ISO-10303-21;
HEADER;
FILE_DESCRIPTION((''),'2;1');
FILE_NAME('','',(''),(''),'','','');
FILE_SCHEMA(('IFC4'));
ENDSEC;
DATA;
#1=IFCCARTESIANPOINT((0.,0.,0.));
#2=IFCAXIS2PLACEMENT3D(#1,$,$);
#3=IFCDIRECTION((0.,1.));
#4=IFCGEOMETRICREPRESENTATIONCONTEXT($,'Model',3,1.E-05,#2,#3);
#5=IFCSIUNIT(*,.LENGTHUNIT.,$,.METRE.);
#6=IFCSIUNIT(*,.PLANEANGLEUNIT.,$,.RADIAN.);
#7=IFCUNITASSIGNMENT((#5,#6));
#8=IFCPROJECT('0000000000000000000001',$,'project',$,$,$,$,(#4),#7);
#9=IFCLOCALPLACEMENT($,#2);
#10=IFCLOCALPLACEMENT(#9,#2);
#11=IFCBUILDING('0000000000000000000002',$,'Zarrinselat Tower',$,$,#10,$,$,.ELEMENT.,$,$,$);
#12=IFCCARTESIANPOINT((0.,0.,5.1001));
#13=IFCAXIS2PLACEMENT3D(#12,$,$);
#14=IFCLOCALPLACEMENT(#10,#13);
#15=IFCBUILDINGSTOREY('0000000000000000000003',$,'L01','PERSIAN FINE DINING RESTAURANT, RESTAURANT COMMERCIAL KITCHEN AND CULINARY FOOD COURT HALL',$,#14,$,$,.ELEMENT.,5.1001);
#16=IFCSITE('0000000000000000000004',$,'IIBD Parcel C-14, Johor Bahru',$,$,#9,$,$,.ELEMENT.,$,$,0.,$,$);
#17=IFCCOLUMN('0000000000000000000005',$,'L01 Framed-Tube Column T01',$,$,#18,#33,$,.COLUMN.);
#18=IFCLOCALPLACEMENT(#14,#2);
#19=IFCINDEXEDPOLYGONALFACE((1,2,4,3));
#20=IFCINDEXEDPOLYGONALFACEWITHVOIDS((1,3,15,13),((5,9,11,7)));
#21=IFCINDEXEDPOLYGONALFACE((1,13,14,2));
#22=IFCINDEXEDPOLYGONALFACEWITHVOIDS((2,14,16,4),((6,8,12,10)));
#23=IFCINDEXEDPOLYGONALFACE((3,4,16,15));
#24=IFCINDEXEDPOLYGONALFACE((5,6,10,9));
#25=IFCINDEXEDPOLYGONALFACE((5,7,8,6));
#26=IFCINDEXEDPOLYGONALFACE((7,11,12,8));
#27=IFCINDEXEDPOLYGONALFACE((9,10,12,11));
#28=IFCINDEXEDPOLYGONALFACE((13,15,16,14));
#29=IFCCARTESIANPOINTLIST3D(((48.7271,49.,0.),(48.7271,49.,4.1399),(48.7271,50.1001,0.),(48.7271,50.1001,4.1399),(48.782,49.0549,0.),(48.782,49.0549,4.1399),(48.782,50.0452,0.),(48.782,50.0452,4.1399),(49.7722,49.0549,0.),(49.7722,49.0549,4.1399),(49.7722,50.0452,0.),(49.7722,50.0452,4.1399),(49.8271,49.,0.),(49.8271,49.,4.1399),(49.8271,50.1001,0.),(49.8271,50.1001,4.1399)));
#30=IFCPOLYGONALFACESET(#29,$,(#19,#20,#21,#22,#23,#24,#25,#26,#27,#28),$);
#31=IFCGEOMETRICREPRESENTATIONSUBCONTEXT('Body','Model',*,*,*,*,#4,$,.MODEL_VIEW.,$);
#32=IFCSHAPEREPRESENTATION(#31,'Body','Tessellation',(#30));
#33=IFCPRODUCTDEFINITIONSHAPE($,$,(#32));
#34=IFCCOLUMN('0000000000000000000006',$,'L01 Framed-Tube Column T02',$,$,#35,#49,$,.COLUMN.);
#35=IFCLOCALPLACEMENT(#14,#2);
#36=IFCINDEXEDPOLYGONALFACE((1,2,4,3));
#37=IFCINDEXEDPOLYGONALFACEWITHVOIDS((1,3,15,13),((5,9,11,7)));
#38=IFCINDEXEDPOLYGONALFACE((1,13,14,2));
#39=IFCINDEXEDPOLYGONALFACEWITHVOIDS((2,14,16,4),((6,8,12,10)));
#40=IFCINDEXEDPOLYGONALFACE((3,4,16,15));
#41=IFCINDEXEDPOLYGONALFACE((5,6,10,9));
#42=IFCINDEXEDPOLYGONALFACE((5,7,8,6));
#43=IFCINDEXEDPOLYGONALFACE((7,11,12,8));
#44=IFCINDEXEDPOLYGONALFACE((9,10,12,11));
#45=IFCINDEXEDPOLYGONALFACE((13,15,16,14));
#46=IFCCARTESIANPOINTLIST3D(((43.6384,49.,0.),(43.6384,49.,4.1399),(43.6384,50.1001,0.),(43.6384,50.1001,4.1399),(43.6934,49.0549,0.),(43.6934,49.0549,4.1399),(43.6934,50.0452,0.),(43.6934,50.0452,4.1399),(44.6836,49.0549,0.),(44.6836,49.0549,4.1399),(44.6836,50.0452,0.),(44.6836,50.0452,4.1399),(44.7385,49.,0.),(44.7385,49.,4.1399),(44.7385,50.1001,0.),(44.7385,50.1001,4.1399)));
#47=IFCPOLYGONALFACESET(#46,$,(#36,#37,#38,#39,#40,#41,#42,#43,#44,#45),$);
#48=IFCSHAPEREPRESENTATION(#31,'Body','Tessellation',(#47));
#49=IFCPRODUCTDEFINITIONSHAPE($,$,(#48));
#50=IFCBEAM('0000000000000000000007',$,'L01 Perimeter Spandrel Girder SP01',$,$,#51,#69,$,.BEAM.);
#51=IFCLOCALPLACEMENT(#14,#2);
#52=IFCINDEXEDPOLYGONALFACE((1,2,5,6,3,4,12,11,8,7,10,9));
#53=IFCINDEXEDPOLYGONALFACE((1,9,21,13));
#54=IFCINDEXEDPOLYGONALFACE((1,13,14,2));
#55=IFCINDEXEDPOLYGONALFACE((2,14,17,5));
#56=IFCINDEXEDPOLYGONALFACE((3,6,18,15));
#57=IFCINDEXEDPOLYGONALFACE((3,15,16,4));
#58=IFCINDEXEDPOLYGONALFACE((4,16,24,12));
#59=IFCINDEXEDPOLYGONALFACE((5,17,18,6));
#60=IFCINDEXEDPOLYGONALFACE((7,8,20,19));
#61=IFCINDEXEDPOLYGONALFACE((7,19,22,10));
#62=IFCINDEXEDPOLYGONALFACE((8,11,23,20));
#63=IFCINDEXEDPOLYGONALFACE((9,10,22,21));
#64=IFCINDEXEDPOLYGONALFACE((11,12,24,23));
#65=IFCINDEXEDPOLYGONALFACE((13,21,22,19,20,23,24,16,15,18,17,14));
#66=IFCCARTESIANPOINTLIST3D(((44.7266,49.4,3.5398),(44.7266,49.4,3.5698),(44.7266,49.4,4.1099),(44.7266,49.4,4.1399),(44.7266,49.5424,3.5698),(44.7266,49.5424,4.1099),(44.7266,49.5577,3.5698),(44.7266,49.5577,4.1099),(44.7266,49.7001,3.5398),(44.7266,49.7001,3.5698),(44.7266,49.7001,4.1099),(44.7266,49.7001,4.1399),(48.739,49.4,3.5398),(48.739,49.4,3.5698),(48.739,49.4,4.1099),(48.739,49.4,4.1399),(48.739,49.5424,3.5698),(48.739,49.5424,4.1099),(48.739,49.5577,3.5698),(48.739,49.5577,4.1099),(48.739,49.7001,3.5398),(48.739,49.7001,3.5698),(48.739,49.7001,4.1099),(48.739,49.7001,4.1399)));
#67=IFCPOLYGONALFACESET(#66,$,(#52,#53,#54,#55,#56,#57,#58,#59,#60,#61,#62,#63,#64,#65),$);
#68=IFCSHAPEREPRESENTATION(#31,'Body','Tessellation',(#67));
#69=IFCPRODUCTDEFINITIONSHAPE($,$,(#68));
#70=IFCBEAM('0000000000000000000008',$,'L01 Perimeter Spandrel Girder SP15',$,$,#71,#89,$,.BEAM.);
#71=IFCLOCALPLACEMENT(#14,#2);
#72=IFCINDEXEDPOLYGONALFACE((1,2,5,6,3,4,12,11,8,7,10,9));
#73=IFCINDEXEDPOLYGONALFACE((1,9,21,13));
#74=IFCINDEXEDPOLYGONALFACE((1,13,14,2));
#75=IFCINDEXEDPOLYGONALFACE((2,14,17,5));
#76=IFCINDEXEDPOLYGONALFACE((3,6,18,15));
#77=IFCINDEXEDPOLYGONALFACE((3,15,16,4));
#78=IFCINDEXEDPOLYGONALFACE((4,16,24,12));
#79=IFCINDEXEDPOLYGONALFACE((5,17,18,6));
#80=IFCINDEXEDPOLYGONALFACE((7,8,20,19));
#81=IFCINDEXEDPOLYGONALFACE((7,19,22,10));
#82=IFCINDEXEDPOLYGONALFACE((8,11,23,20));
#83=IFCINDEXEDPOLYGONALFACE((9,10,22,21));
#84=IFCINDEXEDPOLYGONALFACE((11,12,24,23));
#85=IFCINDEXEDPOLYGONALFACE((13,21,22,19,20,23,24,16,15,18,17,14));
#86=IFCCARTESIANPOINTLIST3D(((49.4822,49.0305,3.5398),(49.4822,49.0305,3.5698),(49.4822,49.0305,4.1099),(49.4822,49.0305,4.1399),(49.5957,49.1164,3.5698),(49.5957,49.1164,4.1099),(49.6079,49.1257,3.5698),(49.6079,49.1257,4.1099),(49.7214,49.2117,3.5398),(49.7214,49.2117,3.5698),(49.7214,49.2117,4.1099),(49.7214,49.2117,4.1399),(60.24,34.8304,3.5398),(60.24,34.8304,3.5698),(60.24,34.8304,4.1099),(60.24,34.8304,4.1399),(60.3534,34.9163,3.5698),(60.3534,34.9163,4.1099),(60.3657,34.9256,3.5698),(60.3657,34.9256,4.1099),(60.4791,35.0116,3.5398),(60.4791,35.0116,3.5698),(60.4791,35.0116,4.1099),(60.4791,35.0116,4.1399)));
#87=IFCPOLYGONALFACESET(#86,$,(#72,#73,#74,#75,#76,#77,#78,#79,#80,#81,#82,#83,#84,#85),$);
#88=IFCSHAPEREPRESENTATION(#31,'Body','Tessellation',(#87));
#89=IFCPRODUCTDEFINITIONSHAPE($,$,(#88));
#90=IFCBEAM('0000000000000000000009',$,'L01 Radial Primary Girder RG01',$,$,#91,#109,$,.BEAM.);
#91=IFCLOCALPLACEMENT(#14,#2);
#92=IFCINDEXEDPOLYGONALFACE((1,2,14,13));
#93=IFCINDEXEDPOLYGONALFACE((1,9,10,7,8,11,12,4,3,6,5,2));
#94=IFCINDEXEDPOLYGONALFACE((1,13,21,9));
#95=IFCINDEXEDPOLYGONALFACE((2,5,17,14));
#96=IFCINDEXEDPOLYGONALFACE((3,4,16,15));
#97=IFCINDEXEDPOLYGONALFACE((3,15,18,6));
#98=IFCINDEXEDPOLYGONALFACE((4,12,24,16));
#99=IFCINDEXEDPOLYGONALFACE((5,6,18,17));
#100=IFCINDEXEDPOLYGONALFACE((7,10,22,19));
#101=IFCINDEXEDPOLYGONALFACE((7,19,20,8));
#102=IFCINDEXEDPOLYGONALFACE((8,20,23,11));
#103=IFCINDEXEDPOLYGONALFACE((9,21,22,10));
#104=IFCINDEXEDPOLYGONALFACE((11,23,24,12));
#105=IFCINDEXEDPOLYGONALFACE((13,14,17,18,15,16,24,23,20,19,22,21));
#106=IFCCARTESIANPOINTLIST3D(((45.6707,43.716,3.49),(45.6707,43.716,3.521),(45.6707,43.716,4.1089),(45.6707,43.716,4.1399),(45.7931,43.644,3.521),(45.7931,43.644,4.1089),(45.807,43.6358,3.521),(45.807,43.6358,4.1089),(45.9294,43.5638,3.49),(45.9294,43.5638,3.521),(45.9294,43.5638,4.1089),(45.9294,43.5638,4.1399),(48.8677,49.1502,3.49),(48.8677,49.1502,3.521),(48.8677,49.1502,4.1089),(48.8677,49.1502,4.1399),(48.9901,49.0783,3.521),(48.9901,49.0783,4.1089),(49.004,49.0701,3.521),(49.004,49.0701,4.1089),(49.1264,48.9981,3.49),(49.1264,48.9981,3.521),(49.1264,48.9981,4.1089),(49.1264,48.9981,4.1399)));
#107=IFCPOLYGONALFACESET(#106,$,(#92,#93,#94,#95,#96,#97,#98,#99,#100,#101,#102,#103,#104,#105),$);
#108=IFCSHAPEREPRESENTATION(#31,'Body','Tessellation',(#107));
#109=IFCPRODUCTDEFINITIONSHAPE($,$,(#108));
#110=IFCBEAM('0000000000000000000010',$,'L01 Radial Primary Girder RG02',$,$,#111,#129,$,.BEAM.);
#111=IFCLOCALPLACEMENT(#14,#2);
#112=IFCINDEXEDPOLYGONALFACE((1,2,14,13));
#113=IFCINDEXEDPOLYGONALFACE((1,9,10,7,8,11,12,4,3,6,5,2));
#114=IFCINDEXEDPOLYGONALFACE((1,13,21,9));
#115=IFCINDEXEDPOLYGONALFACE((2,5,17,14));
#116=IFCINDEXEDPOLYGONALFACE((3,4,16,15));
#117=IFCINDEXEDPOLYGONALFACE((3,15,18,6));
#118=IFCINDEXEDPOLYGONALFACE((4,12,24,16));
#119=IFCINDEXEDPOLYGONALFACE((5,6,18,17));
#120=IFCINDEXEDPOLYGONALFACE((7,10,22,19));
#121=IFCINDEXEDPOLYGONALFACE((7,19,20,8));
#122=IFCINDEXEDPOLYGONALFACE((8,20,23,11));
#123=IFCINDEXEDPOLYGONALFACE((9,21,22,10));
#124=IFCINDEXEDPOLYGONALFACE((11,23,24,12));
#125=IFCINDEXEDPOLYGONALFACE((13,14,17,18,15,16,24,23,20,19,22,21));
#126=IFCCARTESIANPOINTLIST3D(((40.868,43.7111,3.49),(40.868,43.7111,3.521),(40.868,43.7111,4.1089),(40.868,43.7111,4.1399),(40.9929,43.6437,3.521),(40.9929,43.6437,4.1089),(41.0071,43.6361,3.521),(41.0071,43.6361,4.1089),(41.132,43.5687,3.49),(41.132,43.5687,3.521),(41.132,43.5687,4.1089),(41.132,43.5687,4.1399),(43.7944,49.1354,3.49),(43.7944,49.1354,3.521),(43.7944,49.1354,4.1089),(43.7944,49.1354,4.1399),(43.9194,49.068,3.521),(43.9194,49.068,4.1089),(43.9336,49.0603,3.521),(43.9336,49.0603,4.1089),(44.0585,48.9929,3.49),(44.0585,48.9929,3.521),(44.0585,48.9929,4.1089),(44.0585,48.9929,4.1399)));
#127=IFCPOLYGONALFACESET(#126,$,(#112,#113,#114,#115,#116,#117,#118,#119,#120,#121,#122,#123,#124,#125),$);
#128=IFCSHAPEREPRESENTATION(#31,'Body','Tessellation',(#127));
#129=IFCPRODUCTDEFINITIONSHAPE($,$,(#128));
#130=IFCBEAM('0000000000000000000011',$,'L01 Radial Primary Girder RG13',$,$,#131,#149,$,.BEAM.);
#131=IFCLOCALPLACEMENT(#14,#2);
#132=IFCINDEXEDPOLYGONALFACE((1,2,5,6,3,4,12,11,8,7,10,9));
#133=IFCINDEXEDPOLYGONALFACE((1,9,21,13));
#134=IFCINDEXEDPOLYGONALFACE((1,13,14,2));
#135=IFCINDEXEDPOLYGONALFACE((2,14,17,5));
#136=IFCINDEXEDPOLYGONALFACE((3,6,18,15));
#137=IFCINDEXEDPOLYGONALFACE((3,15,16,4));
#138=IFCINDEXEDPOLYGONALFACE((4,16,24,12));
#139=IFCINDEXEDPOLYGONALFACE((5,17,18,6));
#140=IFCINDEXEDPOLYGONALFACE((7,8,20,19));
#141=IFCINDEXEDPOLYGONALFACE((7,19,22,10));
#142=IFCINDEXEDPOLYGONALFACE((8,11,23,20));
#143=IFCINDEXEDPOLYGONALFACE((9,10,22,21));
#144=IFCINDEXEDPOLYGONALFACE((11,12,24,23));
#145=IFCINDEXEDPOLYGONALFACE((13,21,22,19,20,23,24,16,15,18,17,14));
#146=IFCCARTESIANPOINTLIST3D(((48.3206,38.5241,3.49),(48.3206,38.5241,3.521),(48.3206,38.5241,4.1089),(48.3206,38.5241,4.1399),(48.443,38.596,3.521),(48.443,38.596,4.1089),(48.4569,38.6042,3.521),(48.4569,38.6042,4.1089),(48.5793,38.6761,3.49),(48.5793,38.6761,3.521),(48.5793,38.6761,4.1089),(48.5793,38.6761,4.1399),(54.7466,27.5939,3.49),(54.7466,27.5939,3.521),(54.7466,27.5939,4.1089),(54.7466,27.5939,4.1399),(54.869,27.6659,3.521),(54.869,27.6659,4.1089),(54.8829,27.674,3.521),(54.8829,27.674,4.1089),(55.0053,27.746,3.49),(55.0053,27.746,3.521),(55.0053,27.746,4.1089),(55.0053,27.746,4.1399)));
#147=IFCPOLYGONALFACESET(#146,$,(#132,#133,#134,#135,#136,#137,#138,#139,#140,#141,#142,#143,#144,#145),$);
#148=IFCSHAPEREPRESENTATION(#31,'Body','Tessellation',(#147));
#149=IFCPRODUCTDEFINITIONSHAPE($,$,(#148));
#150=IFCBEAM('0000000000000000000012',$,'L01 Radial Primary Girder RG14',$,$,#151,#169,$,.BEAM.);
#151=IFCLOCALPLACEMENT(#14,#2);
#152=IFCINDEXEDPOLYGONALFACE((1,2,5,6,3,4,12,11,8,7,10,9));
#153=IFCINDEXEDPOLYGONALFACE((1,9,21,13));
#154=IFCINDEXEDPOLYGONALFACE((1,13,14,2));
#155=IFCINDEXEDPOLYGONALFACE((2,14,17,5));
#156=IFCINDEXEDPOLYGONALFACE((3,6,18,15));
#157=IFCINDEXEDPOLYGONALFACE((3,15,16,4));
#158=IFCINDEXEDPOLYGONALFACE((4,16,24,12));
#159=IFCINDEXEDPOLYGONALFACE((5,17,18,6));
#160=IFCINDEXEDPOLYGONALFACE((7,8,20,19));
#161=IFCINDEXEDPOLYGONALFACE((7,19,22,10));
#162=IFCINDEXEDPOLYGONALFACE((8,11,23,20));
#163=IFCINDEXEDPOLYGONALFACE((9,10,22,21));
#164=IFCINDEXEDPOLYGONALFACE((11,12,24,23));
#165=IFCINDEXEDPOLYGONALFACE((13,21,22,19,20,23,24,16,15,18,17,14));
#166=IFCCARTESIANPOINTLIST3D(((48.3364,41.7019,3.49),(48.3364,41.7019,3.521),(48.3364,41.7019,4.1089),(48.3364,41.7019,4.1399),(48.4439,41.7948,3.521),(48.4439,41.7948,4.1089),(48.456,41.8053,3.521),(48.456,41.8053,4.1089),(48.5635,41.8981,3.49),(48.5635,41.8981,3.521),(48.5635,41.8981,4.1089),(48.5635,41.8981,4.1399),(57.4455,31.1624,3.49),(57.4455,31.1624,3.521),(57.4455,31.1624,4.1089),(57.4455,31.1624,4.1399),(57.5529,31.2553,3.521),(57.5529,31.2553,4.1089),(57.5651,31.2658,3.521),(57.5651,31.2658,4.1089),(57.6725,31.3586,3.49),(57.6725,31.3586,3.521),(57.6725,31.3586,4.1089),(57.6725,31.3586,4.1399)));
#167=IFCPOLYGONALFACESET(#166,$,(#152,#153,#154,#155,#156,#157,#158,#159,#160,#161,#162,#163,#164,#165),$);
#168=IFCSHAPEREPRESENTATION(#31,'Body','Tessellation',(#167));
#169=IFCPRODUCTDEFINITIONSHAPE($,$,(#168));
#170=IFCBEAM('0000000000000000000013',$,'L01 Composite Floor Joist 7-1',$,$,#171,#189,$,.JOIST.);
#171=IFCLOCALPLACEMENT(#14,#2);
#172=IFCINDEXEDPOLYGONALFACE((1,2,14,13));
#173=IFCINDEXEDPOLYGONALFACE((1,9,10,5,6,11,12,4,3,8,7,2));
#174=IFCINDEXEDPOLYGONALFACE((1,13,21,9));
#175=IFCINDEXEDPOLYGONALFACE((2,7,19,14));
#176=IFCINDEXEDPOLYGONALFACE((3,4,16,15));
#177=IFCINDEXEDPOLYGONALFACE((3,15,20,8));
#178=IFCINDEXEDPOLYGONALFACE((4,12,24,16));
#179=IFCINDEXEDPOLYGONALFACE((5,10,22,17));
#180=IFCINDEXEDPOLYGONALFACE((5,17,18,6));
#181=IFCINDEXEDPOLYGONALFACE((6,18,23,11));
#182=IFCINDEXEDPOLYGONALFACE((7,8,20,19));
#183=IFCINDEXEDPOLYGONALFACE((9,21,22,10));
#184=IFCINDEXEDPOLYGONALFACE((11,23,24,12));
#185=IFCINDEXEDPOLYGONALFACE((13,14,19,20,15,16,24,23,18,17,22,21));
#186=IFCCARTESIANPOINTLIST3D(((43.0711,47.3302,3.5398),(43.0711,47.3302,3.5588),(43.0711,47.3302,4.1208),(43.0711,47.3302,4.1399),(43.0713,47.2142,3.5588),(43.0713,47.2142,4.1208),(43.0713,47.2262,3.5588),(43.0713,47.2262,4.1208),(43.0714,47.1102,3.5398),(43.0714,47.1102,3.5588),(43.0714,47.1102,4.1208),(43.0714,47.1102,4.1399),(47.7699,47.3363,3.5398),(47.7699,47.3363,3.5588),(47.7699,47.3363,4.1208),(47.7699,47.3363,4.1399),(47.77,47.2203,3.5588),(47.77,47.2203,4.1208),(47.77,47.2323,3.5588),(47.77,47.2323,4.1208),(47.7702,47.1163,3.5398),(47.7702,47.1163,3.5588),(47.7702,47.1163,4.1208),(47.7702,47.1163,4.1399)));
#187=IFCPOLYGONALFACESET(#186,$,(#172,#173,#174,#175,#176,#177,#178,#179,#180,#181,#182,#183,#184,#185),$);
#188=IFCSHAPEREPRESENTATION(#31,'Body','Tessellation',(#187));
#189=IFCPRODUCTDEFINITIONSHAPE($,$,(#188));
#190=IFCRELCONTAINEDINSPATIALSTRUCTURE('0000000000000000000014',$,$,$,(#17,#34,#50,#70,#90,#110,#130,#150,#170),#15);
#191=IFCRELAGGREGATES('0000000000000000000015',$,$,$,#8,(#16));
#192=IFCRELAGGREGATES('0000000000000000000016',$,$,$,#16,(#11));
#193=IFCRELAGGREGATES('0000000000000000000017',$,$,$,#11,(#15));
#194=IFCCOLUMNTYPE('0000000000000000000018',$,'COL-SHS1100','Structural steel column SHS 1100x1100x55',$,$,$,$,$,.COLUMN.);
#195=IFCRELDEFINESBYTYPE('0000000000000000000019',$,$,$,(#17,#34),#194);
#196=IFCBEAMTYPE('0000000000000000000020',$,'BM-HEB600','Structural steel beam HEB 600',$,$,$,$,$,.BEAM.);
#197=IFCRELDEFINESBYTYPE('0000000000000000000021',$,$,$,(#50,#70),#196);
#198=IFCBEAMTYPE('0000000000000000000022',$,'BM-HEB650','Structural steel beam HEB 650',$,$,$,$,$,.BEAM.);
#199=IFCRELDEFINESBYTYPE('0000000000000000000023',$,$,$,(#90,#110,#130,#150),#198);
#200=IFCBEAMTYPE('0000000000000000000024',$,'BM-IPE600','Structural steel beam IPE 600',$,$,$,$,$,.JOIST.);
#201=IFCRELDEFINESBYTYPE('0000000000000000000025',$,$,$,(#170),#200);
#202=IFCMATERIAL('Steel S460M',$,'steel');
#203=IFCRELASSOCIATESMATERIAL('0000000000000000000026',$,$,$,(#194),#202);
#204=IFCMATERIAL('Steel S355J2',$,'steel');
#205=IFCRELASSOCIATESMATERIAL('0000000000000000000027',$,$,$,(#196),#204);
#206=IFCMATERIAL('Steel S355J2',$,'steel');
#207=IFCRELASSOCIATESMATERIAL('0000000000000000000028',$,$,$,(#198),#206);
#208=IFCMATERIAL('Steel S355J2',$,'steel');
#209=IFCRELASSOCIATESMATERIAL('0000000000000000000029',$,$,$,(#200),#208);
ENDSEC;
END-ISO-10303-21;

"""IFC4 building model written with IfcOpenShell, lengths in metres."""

from ifc_helpers import new_model, si_unit, direction, frame, origin, origin_2d, place, context, subcontext, project, spatial, hollow_rectangle, i_section, extrude, material, material_profile, profile_set, type_object, element, save


model = new_model("IFC4")

# Units and contexts
model_context = context("Model", 3, precision=1e-05, world=origin(), true_north=direction((0.0, 1.0)))
body_context = subcontext(model_context, "Body", "Model", "MODEL_VIEW")
ifc_project = project(units=[si_unit("LENGTHUNIT", "METRE"), si_unit("PLANEANGLEUNIT", "RADIAN")], contexts=[model_context])

# Site, building, storey
site_placement = place(None, origin())
site = spatial("IfcSite", under=ifc_project, at=site_placement, Name="IIBD Parcel C-14, Johor Bahru", CompositionType="ELEMENT", RefElevation=0.0)
building_placement = place(site_placement, origin())
building = spatial("IfcBuilding", under=site, at=building_placement, Name="Zarrinselat Tower", CompositionType="ELEMENT")
storey_placement = place(building_placement, frame((0.0, 0.0, 5.1001)))
storey = spatial("IfcBuildingStorey", under=building, at=storey_placement, Name="L01", Description="PERSIAN FINE DINING RESTAURANT, RESTAURANT COMMERCIAL KITCHEN AND CULINARY FOOD COURT HALL", CompositionType="ELEMENT", Elevation=5.1001)

# Columns
ifc_material_1 = material(Name="Steel S460M", Category="steel")
ifc_material_profile_1 = material_profile(ifc_material_1, hollow_rectangle(XDim=1.1001, YDim=1.1001, WallThickness=0.0549, at=origin_2d()), Name="SHS 1100x1100x55")
ifc_profile_set_1 = profile_set([ifc_material_profile_1], Name="Steel S460M")
column_type = type_object("IfcColumnType", Name="COL-SHS1100", Description="Structural steel column SHS 1100x1100x55", PredefinedType="COLUMN", material=ifc_profile_set_1)
for number, where, z_axis, x_axis, name in (
    (1, (49.2771, 49.55, 0.0), (0.0, 0.0, 1.0), (1.0, 0.0, 0.0), "L01 Framed-Tube Column T01"),
    (2, (44.1885, 49.55, 0.0), (0.0, 0.0, 1.0), (1.0, 0.0, 0.0), "L01 Framed-Tube Column T02"),
):
    element("IfcColumn", number, at=place(storey_placement, frame(where, z_axis=z_axis, x_axis=x_axis)), inside=storey, type_object=column_type, Name=name, PredefinedType="COLUMN", context=body_context, shape_type="SweptSolid", body=[
        extrude(hollow_rectangle(XDim=1.1001, YDim=1.1001, WallThickness=0.0549, at=origin_2d()), origin(), (0.0, 0.0, 1.0), 4.1399),
    ])

# Beams
ifc_material_2 = material(Name="Steel S355J2", Category="steel")
ifc_material_profile_2 = material_profile(ifc_material_2, i_section(OverallWidth=0.3, OverallDepth=0.6001, WebThickness=0.0154, FlangeThickness=0.03, at=origin_2d()), Name="HEB 600")
ifc_profile_set_2 = profile_set([ifc_material_profile_2], Name="Steel S355J2")
beam_type_1 = type_object("IfcBeamType", Name="BM-HEB600", Description="Structural steel beam HEB 600", PredefinedType="BEAM", material=ifc_profile_set_2)
beam_1_placement = place(storey_placement, frame((44.7266, 49.55, 3.8398), z_axis=(1.0, 0.0, 0.0), x_axis=(0.0, 1.0, 0.0)))
element("IfcBeam", 3, at=beam_1_placement, inside=storey, type_object=beam_type_1, Name="L01 Perimeter Spandrel Girder SP01", PredefinedType="BEAM", context=body_context, shape_type="SweptSolid", body=[
    extrude(i_section(OverallWidth=0.3, OverallDepth=0.6001, WebThickness=0.0154, FlangeThickness=0.03, at=origin_2d()), origin(), (0.0, 0.0, 1.0), 4.0125),
])
beam_2_placement = place(storey_placement, frame((49.6018, 49.1211, 3.8398), z_axis=(0.603861, -0.79709, 0.0), x_axis=(0.79709, 0.603861, 0.0)))
element("IfcBeam", 4, at=beam_2_placement, inside=storey, type_object=beam_type_1, Name="L01 Perimeter Spandrel Girder SP15", PredefinedType="BEAM", context=body_context, shape_type="SweptSolid", body=[
    extrude(i_section(OverallWidth=0.3, OverallDepth=0.6001, WebThickness=0.0154, FlangeThickness=0.03, at=origin_2d()), origin(), (0.0, 0.0, 1.0), 17.8149),
])
ifc_material_3 = material(Name="Steel S355J2", Category="steel")
ifc_material_profile_3 = material_profile(ifc_material_3, i_section(OverallWidth=0.3, OverallDepth=0.6499, WebThickness=0.0161, FlangeThickness=0.031, at=origin_2d()), Name="HEB 650")
ifc_profile_set_3 = profile_set([ifc_material_profile_3], Name="Steel S355J2")
beam_type_2 = type_object("IfcBeamType", Name="BM-HEB650", Description="Structural steel beam HEB 650", PredefinedType="BEAM", material=ifc_profile_set_3)
beam_3_placement = place(storey_placement, frame((45.8, 43.6399, 3.8149), z_axis=(0.507062, 0.861909, 0.0), x_axis=(-0.861909, 0.507062, 0.0)))
element("IfcBeam", 5, at=beam_3_placement, inside=storey, type_object=beam_type_2, Name="L01 Radial Primary Girder RG01", PredefinedType="BEAM", context=body_context, shape_type="SweptSolid", body=[
    extrude(i_section(OverallWidth=0.3, OverallDepth=0.6499, WebThickness=0.0161, FlangeThickness=0.031, at=origin_2d()), origin(), (0.0, 0.0, 1.0), 6.3049),
])
beam_4_placement = place(storey_placement, frame((41.0, 43.6399, 3.8149), z_axis=(0.47482, 0.880083, 0.0), x_axis=(-0.880083, 0.47482, 0.0)))
element("IfcBeam", 6, at=beam_4_placement, inside=storey, type_object=beam_type_2, Name="L01 Radial Primary Girder RG02", PredefinedType="BEAM", context=body_context, shape_type="SweptSolid", body=[
    extrude(i_section(OverallWidth=0.3, OverallDepth=0.6499, WebThickness=0.0161, FlangeThickness=0.031, at=origin_2d()), origin(), (0.0, 0.0, 1.0), 6.1633),
])
beam_5_placement = place(storey_placement, frame((48.45, 38.6001, 3.8149), z_axis=(0.506816, -0.862054, 0.0), x_axis=(0.862054, 0.506816, 0.0)))
element("IfcBeam", 7, at=beam_5_placement, inside=storey, type_object=beam_type_2, Name="L01 Radial Primary Girder RG13", PredefinedType="BEAM", context=body_context, shape_type="SweptSolid", body=[
    extrude(i_section(OverallWidth=0.3, OverallDepth=0.6499, WebThickness=0.0161, FlangeThickness=0.031, at=origin_2d()), origin(), (0.0, 0.0, 1.0), 12.6792),
])
beam_6_placement = place(storey_placement, frame((48.45, 41.8, 3.8149), z_axis=(0.653899, -0.756582, 0.0), x_axis=(0.756582, 0.653899, 0.0)))
element("IfcBeam", 8, at=beam_6_placement, inside=storey, type_object=beam_type_2, Name="L01 Radial Primary Girder RG14", PredefinedType="BEAM", context=body_context, shape_type="SweptSolid", body=[
    extrude(i_section(OverallWidth=0.3, OverallDepth=0.6499, WebThickness=0.0161, FlangeThickness=0.031, at=origin_2d()), origin(), (0.0, 0.0, 1.0), 13.9304),
])
ifc_material_4 = material(Name="Steel S355J2", Category="steel")
ifc_material_profile_4 = material_profile(ifc_material_4, i_section(OverallWidth=0.22, OverallDepth=0.6001, WebThickness=0.012, FlangeThickness=0.019, at=origin_2d()), Name="IPE 600")
ifc_profile_set_4 = profile_set([ifc_material_profile_4], Name="Steel S355J2")
beam_type_3 = type_object("IfcBeamType", Name="BM-IPE600", Description="Structural steel beam IPE 600", PredefinedType="JOIST", material=ifc_profile_set_4)
beam_7_placement = place(storey_placement, frame((43.0713, 47.2202, 3.8398), z_axis=(0.999999, 0.001299, 0.0), x_axis=(-0.001299, 0.999999, 0.0)))
element("IfcBeam", 9, at=beam_7_placement, inside=storey, type_object=beam_type_3, Name="L01 Composite Floor Joist 7-1", PredefinedType="JOIST", context=body_context, shape_type="SweptSolid", body=[
    extrude(i_section(OverallWidth=0.22, OverallDepth=0.6001, WebThickness=0.012, FlangeThickness=0.019, at=origin_2d()), origin(), (0.0, 0.0, 1.0), 4.6987),
])

save(model, "model.ifc")
